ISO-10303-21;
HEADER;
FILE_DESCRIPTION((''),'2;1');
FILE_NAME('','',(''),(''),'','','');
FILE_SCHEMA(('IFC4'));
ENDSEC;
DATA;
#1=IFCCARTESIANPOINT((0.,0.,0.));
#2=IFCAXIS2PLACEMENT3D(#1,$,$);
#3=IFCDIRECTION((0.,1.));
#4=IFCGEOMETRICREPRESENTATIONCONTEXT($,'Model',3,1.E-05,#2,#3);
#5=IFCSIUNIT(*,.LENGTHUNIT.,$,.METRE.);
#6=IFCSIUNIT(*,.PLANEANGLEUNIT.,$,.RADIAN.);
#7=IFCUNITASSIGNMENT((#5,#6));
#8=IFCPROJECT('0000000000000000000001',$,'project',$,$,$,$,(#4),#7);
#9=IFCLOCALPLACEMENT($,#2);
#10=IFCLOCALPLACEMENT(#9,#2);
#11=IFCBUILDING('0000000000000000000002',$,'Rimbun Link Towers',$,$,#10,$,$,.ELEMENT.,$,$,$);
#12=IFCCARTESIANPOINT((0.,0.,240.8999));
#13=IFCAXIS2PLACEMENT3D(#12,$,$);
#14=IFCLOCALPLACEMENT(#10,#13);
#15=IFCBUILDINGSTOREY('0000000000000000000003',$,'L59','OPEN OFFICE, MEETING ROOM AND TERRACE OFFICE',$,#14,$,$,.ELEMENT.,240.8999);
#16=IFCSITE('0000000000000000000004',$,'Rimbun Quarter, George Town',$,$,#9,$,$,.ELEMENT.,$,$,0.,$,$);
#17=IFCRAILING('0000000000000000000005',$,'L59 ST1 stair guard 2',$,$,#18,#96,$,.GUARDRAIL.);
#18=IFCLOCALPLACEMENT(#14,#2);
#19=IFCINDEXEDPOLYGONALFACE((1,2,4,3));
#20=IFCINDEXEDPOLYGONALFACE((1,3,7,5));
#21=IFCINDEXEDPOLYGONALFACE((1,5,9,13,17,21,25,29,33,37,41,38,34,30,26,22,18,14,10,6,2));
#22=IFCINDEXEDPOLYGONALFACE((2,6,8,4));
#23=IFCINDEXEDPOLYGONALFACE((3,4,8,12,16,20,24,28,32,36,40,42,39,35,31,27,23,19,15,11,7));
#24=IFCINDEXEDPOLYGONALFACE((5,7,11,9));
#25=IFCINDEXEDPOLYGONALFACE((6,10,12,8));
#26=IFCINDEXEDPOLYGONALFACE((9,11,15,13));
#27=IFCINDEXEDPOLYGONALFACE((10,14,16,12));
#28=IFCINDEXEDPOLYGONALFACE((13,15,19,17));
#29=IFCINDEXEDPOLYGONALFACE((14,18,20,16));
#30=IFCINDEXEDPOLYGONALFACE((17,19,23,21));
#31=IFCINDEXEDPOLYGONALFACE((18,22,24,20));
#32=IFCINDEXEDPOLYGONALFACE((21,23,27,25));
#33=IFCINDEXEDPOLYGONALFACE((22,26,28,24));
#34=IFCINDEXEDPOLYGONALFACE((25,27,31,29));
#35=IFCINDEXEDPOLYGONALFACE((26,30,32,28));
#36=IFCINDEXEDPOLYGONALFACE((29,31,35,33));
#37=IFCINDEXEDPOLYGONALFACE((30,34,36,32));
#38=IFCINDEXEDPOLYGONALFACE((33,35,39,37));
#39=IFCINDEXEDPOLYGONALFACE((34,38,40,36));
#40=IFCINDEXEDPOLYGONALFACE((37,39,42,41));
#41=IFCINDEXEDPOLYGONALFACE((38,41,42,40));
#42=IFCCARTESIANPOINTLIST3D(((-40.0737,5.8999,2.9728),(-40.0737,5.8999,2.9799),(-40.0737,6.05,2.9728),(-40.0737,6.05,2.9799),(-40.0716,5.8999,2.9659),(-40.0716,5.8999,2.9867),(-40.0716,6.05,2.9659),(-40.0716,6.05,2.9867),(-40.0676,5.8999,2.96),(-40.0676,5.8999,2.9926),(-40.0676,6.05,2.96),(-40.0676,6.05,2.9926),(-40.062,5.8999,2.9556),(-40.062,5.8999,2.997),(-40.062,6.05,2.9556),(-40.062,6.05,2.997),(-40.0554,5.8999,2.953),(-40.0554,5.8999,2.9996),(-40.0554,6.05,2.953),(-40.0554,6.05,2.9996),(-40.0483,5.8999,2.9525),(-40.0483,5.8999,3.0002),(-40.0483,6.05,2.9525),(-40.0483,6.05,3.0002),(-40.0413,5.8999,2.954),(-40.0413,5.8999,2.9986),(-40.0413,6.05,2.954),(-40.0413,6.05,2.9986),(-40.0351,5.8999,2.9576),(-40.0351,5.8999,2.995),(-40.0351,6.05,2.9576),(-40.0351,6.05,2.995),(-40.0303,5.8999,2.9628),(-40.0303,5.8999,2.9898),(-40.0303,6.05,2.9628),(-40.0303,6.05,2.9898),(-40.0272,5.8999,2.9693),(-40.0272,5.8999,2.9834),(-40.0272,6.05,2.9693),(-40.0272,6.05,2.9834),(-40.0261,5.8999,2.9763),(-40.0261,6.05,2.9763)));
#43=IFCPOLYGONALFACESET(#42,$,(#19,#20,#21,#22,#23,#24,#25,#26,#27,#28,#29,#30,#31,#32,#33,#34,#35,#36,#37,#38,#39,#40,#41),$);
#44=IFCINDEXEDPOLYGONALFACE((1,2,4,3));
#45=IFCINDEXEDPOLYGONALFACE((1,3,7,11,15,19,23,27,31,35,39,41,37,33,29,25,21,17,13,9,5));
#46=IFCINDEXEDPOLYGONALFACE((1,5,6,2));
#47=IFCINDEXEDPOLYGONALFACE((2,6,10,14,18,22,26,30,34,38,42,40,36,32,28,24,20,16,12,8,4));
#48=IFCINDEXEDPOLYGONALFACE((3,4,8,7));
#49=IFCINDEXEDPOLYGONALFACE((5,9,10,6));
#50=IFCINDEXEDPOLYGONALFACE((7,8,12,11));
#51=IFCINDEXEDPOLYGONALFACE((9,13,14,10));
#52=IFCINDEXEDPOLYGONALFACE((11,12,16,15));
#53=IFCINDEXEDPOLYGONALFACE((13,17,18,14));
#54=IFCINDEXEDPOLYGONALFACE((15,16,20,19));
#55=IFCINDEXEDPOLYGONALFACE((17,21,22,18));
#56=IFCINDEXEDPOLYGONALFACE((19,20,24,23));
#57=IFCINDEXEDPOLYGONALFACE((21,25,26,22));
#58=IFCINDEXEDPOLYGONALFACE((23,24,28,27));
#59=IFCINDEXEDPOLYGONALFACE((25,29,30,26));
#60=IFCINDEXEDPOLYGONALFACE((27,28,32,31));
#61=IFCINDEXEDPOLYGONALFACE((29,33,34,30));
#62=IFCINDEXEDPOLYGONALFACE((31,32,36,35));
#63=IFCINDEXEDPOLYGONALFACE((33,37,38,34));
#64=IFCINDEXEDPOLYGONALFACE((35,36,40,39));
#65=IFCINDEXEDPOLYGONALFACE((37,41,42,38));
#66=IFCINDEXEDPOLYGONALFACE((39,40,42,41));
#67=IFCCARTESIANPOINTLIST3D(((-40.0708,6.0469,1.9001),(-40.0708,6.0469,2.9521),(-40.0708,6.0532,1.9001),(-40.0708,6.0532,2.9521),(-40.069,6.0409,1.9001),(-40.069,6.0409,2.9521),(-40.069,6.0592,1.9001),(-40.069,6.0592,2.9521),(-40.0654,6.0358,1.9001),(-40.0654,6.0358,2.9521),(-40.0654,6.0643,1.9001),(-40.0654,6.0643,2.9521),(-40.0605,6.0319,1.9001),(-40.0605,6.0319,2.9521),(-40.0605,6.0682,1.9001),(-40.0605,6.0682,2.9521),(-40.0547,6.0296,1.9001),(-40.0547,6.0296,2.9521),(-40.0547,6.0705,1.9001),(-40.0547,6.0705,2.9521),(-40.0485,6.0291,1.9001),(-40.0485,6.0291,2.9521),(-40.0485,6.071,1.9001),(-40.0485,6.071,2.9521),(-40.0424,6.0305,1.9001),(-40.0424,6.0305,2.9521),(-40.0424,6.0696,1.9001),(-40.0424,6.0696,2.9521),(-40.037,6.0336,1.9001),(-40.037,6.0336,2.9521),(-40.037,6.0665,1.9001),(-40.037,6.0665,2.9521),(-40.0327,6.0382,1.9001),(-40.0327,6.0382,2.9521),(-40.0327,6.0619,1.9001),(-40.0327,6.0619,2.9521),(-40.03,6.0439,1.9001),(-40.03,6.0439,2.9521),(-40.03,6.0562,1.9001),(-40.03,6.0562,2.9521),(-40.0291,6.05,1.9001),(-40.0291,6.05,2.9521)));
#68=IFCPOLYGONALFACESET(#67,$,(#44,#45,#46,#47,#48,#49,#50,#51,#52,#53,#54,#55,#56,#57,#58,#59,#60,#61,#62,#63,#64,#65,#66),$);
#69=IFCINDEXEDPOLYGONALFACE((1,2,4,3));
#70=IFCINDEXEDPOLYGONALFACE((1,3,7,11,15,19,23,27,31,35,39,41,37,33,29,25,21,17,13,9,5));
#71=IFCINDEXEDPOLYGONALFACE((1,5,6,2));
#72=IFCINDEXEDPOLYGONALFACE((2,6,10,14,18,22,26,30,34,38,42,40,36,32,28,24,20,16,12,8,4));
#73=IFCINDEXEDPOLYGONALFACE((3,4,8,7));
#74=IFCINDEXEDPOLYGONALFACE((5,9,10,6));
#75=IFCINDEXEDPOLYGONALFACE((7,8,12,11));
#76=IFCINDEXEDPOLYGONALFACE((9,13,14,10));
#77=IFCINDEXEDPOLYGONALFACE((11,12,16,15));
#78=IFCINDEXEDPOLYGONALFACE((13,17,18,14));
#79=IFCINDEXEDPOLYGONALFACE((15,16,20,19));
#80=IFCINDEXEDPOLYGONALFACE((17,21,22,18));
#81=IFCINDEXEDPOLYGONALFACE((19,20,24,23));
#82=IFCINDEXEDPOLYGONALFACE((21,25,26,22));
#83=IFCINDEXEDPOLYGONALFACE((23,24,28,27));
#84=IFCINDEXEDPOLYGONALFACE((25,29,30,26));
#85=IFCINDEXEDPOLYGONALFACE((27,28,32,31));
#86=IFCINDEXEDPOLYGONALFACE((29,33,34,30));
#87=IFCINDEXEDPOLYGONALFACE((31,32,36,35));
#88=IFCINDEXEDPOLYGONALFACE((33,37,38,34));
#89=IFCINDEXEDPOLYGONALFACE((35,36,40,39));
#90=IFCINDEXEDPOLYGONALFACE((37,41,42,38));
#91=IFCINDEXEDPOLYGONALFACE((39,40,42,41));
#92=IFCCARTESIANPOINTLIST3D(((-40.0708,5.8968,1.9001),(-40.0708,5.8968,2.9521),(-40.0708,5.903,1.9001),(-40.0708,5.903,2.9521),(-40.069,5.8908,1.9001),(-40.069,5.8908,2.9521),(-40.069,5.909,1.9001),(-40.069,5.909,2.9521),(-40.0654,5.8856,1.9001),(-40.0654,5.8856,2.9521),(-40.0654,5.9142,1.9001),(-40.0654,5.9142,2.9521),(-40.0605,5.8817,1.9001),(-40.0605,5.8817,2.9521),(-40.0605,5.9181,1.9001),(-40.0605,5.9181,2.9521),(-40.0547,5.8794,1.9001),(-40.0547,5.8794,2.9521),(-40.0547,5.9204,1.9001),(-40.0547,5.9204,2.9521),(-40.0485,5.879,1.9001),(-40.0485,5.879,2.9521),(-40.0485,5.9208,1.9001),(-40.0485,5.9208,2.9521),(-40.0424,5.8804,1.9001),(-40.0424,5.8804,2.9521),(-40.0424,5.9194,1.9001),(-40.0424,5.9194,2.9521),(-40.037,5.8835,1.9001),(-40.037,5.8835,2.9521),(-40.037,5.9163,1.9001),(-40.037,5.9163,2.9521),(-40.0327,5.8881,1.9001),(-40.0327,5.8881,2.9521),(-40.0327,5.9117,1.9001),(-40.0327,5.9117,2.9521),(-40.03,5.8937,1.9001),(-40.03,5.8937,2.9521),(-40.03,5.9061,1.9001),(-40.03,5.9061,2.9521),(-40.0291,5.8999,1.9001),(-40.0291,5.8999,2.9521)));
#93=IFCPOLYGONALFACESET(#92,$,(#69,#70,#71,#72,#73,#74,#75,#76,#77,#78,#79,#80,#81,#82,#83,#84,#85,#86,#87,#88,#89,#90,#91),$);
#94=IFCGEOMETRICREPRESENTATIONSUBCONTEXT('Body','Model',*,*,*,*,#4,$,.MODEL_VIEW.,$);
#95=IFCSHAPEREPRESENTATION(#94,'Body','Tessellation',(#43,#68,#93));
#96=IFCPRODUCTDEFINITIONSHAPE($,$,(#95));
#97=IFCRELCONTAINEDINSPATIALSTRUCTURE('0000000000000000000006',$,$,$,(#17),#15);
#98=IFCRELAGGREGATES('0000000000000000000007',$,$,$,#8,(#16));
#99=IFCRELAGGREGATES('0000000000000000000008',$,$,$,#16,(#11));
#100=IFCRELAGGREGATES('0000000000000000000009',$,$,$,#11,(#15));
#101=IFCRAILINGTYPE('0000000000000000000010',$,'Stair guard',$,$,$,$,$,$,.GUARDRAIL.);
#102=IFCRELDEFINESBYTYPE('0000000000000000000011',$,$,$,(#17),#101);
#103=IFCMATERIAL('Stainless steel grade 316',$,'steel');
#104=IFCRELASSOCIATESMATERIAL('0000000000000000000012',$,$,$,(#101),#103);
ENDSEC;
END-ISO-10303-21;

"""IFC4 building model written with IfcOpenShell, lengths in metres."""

from ifc_helpers import new_model, si_unit, direction, frame, origin, origin_2d, place, context, subcontext, project, spatial, circle, extrude, material, type_object, element, save


model = new_model("IFC4")

# Units and contexts
model_context = context("Model", 3, precision=1e-05, world=origin(), true_north=direction((0.0, 1.0)))
body_context = subcontext(model_context, "Body", "Model", "MODEL_VIEW")
ifc_project = project(units=[si_unit("LENGTHUNIT", "METRE"), si_unit("PLANEANGLEUNIT", "RADIAN")], contexts=[model_context])

# Site, building, storey
site_placement = place(None, origin())
site = spatial("IfcSite", under=ifc_project, at=site_placement, Name="Rimbun Quarter, George Town", CompositionType="ELEMENT", RefElevation=0.0)
building_placement = place(site_placement, origin())
building = spatial("IfcBuilding", under=site, at=building_placement, Name="Rimbun Link Towers", CompositionType="ELEMENT")
storey_placement = place(building_placement, frame((0.0, 0.0, 240.8999)))
storey = spatial("IfcBuildingStorey", under=building, at=storey_placement, Name="L59", Description="OPEN OFFICE, MEETING ROOM AND TERRACE OFFICE", CompositionType="ELEMENT", Elevation=240.8999)

# Railing
ifc_material_1 = material(Name="Stainless steel grade 316", Category="steel")
railing_type_1 = type_object("IfcRailingType", Name="Stair guard", PredefinedType="GUARDRAIL", material=ifc_material_1)
railing_1_placement = place(storey_placement, frame((-40.05, 6.05, 1.9001)))
element("IfcRailing", 1, at=railing_1_placement, inside=storey, type_object=railing_type_1, Name="L59 ST1 stair guard 2", PredefinedType="GUARDRAIL", context=body_context, shape_type="SweptSolid", body=[
    extrude(circle(Radius=0.0239, at=origin_2d()), frame((0.0, 0.0, 1.0762), z_axis=(0.0, -1.0, 0.0), x_axis=(1.0, 0.0, 0.0)), (0.0, 0.0, 1.0), 0.1501),
    extrude(circle(Radius=0.021, at=origin_2d()), origin(), (0.0, 0.0, 1.0), 1.052),
    extrude(circle(Radius=0.021, at=origin_2d()), frame((0.0, -0.1501, 0.0)), (0.0, 0.0, 1.0), 1.052),
])

save(model, "model.ifc")
